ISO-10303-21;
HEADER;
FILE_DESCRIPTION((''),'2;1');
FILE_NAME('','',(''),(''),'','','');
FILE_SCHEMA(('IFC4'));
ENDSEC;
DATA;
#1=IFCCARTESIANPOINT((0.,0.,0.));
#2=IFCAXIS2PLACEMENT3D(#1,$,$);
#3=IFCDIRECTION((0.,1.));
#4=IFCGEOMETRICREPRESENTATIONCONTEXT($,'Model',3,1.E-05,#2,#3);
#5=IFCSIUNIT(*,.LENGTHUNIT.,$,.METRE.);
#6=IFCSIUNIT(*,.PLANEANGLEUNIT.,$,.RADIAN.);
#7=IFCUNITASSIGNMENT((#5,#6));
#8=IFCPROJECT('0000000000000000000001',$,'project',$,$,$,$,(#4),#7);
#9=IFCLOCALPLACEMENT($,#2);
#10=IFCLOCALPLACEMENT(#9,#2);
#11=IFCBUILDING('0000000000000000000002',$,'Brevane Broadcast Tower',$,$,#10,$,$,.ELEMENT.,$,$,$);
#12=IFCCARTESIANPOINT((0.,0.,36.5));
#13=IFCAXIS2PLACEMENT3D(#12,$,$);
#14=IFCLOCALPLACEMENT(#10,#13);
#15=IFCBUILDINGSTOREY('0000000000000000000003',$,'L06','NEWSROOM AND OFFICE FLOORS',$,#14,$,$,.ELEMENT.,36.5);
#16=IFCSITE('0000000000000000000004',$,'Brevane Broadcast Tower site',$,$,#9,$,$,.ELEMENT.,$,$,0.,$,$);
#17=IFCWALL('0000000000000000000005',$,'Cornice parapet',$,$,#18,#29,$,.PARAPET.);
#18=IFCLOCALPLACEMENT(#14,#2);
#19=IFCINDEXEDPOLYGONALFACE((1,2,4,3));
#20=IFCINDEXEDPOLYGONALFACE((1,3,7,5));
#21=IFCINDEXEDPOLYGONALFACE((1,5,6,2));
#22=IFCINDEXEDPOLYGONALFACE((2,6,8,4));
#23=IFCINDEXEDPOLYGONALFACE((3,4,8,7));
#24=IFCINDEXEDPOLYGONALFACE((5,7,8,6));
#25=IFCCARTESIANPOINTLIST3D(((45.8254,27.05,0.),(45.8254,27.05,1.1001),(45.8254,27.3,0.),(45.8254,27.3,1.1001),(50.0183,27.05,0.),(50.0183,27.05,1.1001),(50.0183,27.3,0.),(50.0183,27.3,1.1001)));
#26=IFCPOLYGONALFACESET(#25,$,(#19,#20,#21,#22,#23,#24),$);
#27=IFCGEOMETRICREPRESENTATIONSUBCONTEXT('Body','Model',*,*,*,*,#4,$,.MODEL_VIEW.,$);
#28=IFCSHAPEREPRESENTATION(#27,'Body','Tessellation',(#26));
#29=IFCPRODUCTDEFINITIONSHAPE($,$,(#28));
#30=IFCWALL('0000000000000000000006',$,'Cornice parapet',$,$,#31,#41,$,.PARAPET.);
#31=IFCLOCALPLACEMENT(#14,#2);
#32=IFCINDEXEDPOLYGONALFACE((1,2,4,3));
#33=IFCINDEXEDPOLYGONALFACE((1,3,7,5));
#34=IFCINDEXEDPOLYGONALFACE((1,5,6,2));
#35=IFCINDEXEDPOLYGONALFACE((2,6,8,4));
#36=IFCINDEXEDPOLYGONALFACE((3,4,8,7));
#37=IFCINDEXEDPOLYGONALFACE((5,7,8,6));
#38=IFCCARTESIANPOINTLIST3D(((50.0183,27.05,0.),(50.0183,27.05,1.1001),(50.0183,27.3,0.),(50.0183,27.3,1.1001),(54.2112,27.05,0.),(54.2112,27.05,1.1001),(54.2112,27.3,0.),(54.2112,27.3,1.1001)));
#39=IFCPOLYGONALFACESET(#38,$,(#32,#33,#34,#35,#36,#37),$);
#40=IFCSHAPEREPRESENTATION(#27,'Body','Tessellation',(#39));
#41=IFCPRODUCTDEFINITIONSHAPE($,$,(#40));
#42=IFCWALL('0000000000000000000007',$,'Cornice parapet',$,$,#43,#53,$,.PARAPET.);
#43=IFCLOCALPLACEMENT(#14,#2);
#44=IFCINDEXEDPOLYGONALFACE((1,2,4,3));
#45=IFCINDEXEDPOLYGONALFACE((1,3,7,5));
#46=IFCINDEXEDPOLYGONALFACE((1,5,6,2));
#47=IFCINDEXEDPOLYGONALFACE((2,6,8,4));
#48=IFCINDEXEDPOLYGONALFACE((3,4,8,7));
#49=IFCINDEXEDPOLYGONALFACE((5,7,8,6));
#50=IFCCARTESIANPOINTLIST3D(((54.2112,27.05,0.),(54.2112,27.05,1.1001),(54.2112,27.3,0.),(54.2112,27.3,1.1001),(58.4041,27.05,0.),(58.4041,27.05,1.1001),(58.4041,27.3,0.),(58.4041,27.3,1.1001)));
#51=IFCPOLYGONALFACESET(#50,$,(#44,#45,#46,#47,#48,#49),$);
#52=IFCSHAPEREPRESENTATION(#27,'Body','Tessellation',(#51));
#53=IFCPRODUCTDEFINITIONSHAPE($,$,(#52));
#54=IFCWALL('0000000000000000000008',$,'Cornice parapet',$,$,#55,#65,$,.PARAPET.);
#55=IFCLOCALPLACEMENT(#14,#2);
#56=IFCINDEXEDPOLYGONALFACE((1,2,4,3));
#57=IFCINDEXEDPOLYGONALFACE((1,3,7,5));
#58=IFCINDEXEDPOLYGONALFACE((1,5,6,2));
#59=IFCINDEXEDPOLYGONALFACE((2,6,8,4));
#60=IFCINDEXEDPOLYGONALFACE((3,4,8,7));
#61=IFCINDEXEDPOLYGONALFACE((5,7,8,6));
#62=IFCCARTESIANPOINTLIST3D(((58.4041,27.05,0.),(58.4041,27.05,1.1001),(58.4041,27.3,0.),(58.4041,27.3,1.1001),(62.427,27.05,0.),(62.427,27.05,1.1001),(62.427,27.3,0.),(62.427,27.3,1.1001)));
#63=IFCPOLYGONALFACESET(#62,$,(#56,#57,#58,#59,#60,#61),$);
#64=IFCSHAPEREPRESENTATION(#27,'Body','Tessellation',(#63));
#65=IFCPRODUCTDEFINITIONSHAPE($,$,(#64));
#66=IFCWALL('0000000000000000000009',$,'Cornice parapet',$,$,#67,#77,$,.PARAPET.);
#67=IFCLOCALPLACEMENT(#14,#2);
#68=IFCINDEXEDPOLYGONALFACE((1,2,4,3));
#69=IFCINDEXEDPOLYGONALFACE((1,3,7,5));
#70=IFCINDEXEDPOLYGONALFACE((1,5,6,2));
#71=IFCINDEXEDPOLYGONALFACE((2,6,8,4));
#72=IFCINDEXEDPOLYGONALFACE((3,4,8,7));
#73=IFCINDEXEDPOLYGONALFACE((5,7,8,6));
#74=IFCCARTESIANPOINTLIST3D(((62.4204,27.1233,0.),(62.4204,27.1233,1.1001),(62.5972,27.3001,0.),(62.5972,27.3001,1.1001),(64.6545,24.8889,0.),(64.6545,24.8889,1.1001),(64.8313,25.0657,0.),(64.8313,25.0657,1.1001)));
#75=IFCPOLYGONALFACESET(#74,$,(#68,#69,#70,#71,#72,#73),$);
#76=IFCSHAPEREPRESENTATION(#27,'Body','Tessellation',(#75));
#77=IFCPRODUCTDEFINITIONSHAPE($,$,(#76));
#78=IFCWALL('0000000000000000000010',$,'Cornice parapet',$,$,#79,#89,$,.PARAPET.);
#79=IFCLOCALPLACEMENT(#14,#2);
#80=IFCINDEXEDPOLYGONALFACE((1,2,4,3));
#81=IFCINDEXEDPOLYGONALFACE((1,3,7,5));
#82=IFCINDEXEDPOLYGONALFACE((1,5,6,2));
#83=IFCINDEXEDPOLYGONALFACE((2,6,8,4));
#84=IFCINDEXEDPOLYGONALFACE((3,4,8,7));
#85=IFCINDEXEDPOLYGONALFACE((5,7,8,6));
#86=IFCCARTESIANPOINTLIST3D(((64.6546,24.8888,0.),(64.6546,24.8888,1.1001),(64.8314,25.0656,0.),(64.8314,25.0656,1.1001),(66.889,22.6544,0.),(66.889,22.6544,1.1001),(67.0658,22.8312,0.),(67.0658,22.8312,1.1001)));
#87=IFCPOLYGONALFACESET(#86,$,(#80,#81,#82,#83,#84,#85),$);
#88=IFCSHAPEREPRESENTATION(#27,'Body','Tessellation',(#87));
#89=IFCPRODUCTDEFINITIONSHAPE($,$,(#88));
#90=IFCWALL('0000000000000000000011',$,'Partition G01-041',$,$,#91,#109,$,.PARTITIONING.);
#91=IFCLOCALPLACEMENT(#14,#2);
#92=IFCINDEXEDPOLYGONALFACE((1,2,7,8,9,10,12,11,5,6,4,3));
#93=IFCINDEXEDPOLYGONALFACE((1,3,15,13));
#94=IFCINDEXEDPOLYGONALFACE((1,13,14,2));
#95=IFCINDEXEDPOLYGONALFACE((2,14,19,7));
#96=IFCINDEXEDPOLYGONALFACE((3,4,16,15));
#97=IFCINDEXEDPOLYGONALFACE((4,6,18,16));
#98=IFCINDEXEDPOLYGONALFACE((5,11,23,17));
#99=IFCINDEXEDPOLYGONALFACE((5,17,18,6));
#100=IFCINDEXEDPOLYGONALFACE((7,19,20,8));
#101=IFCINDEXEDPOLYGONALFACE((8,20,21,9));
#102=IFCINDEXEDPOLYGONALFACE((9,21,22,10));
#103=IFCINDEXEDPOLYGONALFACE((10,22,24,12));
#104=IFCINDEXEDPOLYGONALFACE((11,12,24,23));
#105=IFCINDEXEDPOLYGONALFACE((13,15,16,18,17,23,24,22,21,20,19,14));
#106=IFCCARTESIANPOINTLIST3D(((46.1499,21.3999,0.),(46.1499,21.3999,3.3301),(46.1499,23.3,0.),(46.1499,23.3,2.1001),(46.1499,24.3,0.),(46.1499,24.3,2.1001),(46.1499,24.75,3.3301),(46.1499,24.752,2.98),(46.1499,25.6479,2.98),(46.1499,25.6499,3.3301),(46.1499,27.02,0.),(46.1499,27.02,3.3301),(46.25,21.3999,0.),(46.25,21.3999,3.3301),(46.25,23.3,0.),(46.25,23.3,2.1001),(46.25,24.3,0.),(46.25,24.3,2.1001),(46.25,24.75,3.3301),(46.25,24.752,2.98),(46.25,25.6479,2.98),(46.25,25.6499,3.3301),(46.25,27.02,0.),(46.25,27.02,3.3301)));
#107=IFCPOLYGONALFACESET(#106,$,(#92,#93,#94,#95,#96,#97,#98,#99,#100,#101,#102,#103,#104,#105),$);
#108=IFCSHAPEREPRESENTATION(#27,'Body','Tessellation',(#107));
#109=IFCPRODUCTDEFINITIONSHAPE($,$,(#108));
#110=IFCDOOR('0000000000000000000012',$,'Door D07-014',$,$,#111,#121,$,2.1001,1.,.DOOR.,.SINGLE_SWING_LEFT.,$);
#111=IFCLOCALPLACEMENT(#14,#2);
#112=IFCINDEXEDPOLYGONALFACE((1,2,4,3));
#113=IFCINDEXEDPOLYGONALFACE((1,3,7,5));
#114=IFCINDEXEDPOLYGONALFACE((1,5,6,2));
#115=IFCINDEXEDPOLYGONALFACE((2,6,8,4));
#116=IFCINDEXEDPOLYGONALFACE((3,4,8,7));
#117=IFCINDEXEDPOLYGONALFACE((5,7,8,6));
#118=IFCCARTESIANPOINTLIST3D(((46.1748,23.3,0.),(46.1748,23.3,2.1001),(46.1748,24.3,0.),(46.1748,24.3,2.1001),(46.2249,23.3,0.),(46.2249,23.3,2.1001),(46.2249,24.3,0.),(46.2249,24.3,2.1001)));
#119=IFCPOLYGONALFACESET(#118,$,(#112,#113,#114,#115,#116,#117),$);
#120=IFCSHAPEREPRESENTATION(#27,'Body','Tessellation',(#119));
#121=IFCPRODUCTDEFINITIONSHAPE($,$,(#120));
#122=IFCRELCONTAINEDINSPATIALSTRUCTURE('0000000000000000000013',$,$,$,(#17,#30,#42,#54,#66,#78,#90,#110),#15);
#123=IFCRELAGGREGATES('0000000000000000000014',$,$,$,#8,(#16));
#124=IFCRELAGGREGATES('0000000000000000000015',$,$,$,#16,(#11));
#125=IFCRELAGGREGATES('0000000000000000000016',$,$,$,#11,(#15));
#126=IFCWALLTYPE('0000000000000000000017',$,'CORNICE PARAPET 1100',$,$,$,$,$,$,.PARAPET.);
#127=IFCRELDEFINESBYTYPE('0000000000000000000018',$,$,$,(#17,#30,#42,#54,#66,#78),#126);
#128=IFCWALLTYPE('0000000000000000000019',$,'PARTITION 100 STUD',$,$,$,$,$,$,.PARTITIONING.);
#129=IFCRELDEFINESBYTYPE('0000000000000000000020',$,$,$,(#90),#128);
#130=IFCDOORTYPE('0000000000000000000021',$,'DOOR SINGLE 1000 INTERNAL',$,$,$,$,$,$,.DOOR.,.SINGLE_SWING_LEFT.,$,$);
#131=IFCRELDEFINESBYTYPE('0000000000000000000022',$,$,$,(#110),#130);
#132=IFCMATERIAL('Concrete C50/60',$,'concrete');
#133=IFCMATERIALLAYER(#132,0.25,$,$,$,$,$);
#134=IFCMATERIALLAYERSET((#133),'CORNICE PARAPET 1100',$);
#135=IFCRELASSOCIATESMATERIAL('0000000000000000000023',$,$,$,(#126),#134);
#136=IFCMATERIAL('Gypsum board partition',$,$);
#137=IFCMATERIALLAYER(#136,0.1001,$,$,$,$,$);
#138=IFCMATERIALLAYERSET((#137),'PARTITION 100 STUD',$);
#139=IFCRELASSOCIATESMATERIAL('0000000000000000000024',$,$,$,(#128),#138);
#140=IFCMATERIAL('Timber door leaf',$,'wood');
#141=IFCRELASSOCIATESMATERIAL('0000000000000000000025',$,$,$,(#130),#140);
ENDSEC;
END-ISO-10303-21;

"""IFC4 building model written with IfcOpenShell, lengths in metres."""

from ifc_helpers import new_model, si_unit, direction, frame, frame_2d, origin, place, context, subcontext, project, spatial, polyline, rectangle, outline, extrude, material, layer, layer_set, type_object, element, fill, save


model = new_model("IFC4")

# Units and contexts
model_context = context("Model", 3, precision=1e-05, world=origin(), true_north=direction((0.0, 1.0)))
body_context = subcontext(model_context, "Body", "Model", "MODEL_VIEW")
ifc_project = project(units=[si_unit("LENGTHUNIT", "METRE"), si_unit("PLANEANGLEUNIT", "RADIAN")], contexts=[model_context])

# Site, building, storey
site_placement = place(None, origin())
site = spatial("IfcSite", under=ifc_project, at=site_placement, Name="Brevane Broadcast Tower site", CompositionType="ELEMENT", RefElevation=0.0)
building_placement = place(site_placement, origin())
building = spatial("IfcBuilding", under=site, at=building_placement, Name="Brevane Broadcast Tower", CompositionType="ELEMENT")
storey_placement = place(building_placement, frame((0.0, 0.0, 36.5)))
storey = spatial("IfcBuildingStorey", under=building, at=storey_placement, Name="L06", Description="NEWSROOM AND OFFICE FLOORS", CompositionType="ELEMENT", Elevation=36.5)

# Walls
ifc_material_1 = material(Name="Concrete C50/60", Category="concrete")
ifc_layer_1 = layer(ifc_material_1, 0.25)
ifc_layer_set_1 = layer_set([ifc_layer_1], Name="CORNICE PARAPET 1100")
wall_type_1 = type_object("IfcWallType", Name="CORNICE PARAPET 1100", PredefinedType="PARAPET", material=ifc_layer_set_1)
for number, where, z_axis, x_axis, name in (
    (1, (45.8254, 27.175, 0.0), (0.0, 0.0, 1.0), (1.0, 0.0, 0.0), "Cornice parapet"),
    (2, (50.0183, 27.175, 0.0), (0.0, 0.0, 1.0), (1.0, 0.0, 0.0), "Cornice parapet"),
    (3, (54.2112, 27.175, 0.0), (0.0, 0.0, 1.0), (1.0, 0.0, 0.0), "Cornice parapet"),
):
    element("IfcWall", number, at=place(storey_placement, frame(where, z_axis=z_axis, x_axis=x_axis)), inside=storey, type_object=wall_type_1, Name=name, PredefinedType="PARAPET", context=body_context, shape_type="SweptSolid", body=[
        extrude(rectangle(XDim=4.1929, YDim=0.25, at=frame_2d((2.0964, 0.0))), origin(), (0.0, 0.0, 1.0), 1.1001),
    ])
wall_1_placement = place(storey_placement, frame((58.4041, 27.175, 0.0), z_axis=(0.0, 0.0, 1.0), x_axis=(1.0, 0.0, 0.0)))
element("IfcWall", 4, at=wall_1_placement, inside=storey, type_object=wall_type_1, Name="Cornice parapet", PredefinedType="PARAPET", context=body_context, shape_type="SweptSolid", body=[
    extrude(rectangle(XDim=4.0229, YDim=0.25, at=frame_2d((2.0115, 0.0))), origin(), (0.0, 0.0, 1.0), 1.1001),
])
wall_2_placement = place(storey_placement, frame((62.5088, 27.2117, 0.0), z_axis=(0.0, 0.0, 1.0), x_axis=(0.707068, -0.707145, 0.0)))
element("IfcWall", 5, at=wall_2_placement, inside=storey, type_object=wall_type_1, Name="Cornice parapet", PredefinedType="PARAPET", context=body_context, shape_type="SweptSolid", body=[
    extrude(rectangle(XDim=3.1597, YDim=0.25, at=frame_2d((1.5798, 0.0))), origin(), (0.0, 0.0, 1.0), 1.1001),
])
wall_3_placement = place(storey_placement, frame((64.7429, 24.9773, 0.0), z_axis=(0.0, 0.0, 1.0), x_axis=(0.707107, -0.707107, 0.0)))
element("IfcWall", 6, at=wall_3_placement, inside=storey, type_object=wall_type_1, Name="Cornice parapet", PredefinedType="PARAPET", context=body_context, shape_type="SweptSolid", body=[
    extrude(rectangle(XDim=3.1599, YDim=0.25, at=frame_2d((1.5801, 0.0))), origin(), (0.0, 0.0, 1.0), 1.1001),
])

# Wall, opening, door
ifc_material_2 = material(Name="Gypsum board partition")
ifc_layer_2 = layer(ifc_material_2, 0.1001)
ifc_layer_set_2 = layer_set([ifc_layer_2], Name="PARTITION 100 STUD")
wall_type_2 = type_object("IfcWallType", Name="PARTITION 100 STUD", PredefinedType="PARTITIONING", material=ifc_layer_set_2)
wall_4_placement = place(storey_placement, frame((46.2, 27.02, 0.0), z_axis=(0.0, 0.0, 1.0), x_axis=(0.0, -1.0, 0.0)))
wall_4 = element("IfcWall", 7, at=wall_4_placement, inside=storey, type_object=wall_type_2, Name="Partition G01-041", PredefinedType="PARTITIONING", context=body_context, shape_type="SweptSolid", body=[
    extrude(outline(polyline([(0.0, 0.0), (5.6201, 0.0), (5.6201, 3.3301), (2.27, 3.3301), (2.2681, 2.98), (1.3721, 2.98), (1.3701, 3.3301), (0.72, 3.3301), (0.0, 3.3301), (0.0, 0.0)])), frame((0.0, 0.05, 0.0), z_axis=(0.0, -1.0, 0.0), x_axis=(1.0, 0.0, 0.0)), (0.0, 0.0, 1.0), 0.1001),
])
opening_placement = place(wall_4_placement, frame((2.72, 0.0, 0.0)))
opening = element("IfcOpeningElement", 8, at=opening_placement, cuts=wall_4, PredefinedType="OPENING", context=body_context, shape_type="SweptSolid", body=[
    extrude(rectangle(XDim=1.0, YDim=2.1001, at=frame_2d((0.5, 1.05))), frame((0.0, 0.0601, 0.0), z_axis=(0.0, -1.0, 0.0), x_axis=(1.0, 0.0, 0.0)), (0.0, 0.0, 1.0), 0.1201),
])
ifc_material_3 = material(Name="Timber door leaf", Category="wood")
door_type = type_object("IfcDoorType", Name="DOOR SINGLE 1000 INTERNAL", OperationType="SINGLE_SWING_LEFT", PredefinedType="DOOR", material=ifc_material_3)
door_placement = place(opening_placement, origin())
door = element("IfcDoor", 9, at=door_placement, inside=storey, type_object=door_type, Name="Door D07-014", OperationType="SINGLE_SWING_LEFT", OverallHeight=2.1001, OverallWidth=1.0, PredefinedType="DOOR", context=body_context, shape_type="SweptSolid", body=[
    extrude(rectangle(XDim=1.0, YDim=2.1001, at=frame_2d((0.5, 1.05))), frame((0.0, 0.0249, 0.0), z_axis=(0.0, -1.0, 0.0), x_axis=(1.0, 0.0, 0.0)), (0.0, 0.0, 1.0), 0.05),
])
fill(opening, door)

save(model, "model.ifc")
